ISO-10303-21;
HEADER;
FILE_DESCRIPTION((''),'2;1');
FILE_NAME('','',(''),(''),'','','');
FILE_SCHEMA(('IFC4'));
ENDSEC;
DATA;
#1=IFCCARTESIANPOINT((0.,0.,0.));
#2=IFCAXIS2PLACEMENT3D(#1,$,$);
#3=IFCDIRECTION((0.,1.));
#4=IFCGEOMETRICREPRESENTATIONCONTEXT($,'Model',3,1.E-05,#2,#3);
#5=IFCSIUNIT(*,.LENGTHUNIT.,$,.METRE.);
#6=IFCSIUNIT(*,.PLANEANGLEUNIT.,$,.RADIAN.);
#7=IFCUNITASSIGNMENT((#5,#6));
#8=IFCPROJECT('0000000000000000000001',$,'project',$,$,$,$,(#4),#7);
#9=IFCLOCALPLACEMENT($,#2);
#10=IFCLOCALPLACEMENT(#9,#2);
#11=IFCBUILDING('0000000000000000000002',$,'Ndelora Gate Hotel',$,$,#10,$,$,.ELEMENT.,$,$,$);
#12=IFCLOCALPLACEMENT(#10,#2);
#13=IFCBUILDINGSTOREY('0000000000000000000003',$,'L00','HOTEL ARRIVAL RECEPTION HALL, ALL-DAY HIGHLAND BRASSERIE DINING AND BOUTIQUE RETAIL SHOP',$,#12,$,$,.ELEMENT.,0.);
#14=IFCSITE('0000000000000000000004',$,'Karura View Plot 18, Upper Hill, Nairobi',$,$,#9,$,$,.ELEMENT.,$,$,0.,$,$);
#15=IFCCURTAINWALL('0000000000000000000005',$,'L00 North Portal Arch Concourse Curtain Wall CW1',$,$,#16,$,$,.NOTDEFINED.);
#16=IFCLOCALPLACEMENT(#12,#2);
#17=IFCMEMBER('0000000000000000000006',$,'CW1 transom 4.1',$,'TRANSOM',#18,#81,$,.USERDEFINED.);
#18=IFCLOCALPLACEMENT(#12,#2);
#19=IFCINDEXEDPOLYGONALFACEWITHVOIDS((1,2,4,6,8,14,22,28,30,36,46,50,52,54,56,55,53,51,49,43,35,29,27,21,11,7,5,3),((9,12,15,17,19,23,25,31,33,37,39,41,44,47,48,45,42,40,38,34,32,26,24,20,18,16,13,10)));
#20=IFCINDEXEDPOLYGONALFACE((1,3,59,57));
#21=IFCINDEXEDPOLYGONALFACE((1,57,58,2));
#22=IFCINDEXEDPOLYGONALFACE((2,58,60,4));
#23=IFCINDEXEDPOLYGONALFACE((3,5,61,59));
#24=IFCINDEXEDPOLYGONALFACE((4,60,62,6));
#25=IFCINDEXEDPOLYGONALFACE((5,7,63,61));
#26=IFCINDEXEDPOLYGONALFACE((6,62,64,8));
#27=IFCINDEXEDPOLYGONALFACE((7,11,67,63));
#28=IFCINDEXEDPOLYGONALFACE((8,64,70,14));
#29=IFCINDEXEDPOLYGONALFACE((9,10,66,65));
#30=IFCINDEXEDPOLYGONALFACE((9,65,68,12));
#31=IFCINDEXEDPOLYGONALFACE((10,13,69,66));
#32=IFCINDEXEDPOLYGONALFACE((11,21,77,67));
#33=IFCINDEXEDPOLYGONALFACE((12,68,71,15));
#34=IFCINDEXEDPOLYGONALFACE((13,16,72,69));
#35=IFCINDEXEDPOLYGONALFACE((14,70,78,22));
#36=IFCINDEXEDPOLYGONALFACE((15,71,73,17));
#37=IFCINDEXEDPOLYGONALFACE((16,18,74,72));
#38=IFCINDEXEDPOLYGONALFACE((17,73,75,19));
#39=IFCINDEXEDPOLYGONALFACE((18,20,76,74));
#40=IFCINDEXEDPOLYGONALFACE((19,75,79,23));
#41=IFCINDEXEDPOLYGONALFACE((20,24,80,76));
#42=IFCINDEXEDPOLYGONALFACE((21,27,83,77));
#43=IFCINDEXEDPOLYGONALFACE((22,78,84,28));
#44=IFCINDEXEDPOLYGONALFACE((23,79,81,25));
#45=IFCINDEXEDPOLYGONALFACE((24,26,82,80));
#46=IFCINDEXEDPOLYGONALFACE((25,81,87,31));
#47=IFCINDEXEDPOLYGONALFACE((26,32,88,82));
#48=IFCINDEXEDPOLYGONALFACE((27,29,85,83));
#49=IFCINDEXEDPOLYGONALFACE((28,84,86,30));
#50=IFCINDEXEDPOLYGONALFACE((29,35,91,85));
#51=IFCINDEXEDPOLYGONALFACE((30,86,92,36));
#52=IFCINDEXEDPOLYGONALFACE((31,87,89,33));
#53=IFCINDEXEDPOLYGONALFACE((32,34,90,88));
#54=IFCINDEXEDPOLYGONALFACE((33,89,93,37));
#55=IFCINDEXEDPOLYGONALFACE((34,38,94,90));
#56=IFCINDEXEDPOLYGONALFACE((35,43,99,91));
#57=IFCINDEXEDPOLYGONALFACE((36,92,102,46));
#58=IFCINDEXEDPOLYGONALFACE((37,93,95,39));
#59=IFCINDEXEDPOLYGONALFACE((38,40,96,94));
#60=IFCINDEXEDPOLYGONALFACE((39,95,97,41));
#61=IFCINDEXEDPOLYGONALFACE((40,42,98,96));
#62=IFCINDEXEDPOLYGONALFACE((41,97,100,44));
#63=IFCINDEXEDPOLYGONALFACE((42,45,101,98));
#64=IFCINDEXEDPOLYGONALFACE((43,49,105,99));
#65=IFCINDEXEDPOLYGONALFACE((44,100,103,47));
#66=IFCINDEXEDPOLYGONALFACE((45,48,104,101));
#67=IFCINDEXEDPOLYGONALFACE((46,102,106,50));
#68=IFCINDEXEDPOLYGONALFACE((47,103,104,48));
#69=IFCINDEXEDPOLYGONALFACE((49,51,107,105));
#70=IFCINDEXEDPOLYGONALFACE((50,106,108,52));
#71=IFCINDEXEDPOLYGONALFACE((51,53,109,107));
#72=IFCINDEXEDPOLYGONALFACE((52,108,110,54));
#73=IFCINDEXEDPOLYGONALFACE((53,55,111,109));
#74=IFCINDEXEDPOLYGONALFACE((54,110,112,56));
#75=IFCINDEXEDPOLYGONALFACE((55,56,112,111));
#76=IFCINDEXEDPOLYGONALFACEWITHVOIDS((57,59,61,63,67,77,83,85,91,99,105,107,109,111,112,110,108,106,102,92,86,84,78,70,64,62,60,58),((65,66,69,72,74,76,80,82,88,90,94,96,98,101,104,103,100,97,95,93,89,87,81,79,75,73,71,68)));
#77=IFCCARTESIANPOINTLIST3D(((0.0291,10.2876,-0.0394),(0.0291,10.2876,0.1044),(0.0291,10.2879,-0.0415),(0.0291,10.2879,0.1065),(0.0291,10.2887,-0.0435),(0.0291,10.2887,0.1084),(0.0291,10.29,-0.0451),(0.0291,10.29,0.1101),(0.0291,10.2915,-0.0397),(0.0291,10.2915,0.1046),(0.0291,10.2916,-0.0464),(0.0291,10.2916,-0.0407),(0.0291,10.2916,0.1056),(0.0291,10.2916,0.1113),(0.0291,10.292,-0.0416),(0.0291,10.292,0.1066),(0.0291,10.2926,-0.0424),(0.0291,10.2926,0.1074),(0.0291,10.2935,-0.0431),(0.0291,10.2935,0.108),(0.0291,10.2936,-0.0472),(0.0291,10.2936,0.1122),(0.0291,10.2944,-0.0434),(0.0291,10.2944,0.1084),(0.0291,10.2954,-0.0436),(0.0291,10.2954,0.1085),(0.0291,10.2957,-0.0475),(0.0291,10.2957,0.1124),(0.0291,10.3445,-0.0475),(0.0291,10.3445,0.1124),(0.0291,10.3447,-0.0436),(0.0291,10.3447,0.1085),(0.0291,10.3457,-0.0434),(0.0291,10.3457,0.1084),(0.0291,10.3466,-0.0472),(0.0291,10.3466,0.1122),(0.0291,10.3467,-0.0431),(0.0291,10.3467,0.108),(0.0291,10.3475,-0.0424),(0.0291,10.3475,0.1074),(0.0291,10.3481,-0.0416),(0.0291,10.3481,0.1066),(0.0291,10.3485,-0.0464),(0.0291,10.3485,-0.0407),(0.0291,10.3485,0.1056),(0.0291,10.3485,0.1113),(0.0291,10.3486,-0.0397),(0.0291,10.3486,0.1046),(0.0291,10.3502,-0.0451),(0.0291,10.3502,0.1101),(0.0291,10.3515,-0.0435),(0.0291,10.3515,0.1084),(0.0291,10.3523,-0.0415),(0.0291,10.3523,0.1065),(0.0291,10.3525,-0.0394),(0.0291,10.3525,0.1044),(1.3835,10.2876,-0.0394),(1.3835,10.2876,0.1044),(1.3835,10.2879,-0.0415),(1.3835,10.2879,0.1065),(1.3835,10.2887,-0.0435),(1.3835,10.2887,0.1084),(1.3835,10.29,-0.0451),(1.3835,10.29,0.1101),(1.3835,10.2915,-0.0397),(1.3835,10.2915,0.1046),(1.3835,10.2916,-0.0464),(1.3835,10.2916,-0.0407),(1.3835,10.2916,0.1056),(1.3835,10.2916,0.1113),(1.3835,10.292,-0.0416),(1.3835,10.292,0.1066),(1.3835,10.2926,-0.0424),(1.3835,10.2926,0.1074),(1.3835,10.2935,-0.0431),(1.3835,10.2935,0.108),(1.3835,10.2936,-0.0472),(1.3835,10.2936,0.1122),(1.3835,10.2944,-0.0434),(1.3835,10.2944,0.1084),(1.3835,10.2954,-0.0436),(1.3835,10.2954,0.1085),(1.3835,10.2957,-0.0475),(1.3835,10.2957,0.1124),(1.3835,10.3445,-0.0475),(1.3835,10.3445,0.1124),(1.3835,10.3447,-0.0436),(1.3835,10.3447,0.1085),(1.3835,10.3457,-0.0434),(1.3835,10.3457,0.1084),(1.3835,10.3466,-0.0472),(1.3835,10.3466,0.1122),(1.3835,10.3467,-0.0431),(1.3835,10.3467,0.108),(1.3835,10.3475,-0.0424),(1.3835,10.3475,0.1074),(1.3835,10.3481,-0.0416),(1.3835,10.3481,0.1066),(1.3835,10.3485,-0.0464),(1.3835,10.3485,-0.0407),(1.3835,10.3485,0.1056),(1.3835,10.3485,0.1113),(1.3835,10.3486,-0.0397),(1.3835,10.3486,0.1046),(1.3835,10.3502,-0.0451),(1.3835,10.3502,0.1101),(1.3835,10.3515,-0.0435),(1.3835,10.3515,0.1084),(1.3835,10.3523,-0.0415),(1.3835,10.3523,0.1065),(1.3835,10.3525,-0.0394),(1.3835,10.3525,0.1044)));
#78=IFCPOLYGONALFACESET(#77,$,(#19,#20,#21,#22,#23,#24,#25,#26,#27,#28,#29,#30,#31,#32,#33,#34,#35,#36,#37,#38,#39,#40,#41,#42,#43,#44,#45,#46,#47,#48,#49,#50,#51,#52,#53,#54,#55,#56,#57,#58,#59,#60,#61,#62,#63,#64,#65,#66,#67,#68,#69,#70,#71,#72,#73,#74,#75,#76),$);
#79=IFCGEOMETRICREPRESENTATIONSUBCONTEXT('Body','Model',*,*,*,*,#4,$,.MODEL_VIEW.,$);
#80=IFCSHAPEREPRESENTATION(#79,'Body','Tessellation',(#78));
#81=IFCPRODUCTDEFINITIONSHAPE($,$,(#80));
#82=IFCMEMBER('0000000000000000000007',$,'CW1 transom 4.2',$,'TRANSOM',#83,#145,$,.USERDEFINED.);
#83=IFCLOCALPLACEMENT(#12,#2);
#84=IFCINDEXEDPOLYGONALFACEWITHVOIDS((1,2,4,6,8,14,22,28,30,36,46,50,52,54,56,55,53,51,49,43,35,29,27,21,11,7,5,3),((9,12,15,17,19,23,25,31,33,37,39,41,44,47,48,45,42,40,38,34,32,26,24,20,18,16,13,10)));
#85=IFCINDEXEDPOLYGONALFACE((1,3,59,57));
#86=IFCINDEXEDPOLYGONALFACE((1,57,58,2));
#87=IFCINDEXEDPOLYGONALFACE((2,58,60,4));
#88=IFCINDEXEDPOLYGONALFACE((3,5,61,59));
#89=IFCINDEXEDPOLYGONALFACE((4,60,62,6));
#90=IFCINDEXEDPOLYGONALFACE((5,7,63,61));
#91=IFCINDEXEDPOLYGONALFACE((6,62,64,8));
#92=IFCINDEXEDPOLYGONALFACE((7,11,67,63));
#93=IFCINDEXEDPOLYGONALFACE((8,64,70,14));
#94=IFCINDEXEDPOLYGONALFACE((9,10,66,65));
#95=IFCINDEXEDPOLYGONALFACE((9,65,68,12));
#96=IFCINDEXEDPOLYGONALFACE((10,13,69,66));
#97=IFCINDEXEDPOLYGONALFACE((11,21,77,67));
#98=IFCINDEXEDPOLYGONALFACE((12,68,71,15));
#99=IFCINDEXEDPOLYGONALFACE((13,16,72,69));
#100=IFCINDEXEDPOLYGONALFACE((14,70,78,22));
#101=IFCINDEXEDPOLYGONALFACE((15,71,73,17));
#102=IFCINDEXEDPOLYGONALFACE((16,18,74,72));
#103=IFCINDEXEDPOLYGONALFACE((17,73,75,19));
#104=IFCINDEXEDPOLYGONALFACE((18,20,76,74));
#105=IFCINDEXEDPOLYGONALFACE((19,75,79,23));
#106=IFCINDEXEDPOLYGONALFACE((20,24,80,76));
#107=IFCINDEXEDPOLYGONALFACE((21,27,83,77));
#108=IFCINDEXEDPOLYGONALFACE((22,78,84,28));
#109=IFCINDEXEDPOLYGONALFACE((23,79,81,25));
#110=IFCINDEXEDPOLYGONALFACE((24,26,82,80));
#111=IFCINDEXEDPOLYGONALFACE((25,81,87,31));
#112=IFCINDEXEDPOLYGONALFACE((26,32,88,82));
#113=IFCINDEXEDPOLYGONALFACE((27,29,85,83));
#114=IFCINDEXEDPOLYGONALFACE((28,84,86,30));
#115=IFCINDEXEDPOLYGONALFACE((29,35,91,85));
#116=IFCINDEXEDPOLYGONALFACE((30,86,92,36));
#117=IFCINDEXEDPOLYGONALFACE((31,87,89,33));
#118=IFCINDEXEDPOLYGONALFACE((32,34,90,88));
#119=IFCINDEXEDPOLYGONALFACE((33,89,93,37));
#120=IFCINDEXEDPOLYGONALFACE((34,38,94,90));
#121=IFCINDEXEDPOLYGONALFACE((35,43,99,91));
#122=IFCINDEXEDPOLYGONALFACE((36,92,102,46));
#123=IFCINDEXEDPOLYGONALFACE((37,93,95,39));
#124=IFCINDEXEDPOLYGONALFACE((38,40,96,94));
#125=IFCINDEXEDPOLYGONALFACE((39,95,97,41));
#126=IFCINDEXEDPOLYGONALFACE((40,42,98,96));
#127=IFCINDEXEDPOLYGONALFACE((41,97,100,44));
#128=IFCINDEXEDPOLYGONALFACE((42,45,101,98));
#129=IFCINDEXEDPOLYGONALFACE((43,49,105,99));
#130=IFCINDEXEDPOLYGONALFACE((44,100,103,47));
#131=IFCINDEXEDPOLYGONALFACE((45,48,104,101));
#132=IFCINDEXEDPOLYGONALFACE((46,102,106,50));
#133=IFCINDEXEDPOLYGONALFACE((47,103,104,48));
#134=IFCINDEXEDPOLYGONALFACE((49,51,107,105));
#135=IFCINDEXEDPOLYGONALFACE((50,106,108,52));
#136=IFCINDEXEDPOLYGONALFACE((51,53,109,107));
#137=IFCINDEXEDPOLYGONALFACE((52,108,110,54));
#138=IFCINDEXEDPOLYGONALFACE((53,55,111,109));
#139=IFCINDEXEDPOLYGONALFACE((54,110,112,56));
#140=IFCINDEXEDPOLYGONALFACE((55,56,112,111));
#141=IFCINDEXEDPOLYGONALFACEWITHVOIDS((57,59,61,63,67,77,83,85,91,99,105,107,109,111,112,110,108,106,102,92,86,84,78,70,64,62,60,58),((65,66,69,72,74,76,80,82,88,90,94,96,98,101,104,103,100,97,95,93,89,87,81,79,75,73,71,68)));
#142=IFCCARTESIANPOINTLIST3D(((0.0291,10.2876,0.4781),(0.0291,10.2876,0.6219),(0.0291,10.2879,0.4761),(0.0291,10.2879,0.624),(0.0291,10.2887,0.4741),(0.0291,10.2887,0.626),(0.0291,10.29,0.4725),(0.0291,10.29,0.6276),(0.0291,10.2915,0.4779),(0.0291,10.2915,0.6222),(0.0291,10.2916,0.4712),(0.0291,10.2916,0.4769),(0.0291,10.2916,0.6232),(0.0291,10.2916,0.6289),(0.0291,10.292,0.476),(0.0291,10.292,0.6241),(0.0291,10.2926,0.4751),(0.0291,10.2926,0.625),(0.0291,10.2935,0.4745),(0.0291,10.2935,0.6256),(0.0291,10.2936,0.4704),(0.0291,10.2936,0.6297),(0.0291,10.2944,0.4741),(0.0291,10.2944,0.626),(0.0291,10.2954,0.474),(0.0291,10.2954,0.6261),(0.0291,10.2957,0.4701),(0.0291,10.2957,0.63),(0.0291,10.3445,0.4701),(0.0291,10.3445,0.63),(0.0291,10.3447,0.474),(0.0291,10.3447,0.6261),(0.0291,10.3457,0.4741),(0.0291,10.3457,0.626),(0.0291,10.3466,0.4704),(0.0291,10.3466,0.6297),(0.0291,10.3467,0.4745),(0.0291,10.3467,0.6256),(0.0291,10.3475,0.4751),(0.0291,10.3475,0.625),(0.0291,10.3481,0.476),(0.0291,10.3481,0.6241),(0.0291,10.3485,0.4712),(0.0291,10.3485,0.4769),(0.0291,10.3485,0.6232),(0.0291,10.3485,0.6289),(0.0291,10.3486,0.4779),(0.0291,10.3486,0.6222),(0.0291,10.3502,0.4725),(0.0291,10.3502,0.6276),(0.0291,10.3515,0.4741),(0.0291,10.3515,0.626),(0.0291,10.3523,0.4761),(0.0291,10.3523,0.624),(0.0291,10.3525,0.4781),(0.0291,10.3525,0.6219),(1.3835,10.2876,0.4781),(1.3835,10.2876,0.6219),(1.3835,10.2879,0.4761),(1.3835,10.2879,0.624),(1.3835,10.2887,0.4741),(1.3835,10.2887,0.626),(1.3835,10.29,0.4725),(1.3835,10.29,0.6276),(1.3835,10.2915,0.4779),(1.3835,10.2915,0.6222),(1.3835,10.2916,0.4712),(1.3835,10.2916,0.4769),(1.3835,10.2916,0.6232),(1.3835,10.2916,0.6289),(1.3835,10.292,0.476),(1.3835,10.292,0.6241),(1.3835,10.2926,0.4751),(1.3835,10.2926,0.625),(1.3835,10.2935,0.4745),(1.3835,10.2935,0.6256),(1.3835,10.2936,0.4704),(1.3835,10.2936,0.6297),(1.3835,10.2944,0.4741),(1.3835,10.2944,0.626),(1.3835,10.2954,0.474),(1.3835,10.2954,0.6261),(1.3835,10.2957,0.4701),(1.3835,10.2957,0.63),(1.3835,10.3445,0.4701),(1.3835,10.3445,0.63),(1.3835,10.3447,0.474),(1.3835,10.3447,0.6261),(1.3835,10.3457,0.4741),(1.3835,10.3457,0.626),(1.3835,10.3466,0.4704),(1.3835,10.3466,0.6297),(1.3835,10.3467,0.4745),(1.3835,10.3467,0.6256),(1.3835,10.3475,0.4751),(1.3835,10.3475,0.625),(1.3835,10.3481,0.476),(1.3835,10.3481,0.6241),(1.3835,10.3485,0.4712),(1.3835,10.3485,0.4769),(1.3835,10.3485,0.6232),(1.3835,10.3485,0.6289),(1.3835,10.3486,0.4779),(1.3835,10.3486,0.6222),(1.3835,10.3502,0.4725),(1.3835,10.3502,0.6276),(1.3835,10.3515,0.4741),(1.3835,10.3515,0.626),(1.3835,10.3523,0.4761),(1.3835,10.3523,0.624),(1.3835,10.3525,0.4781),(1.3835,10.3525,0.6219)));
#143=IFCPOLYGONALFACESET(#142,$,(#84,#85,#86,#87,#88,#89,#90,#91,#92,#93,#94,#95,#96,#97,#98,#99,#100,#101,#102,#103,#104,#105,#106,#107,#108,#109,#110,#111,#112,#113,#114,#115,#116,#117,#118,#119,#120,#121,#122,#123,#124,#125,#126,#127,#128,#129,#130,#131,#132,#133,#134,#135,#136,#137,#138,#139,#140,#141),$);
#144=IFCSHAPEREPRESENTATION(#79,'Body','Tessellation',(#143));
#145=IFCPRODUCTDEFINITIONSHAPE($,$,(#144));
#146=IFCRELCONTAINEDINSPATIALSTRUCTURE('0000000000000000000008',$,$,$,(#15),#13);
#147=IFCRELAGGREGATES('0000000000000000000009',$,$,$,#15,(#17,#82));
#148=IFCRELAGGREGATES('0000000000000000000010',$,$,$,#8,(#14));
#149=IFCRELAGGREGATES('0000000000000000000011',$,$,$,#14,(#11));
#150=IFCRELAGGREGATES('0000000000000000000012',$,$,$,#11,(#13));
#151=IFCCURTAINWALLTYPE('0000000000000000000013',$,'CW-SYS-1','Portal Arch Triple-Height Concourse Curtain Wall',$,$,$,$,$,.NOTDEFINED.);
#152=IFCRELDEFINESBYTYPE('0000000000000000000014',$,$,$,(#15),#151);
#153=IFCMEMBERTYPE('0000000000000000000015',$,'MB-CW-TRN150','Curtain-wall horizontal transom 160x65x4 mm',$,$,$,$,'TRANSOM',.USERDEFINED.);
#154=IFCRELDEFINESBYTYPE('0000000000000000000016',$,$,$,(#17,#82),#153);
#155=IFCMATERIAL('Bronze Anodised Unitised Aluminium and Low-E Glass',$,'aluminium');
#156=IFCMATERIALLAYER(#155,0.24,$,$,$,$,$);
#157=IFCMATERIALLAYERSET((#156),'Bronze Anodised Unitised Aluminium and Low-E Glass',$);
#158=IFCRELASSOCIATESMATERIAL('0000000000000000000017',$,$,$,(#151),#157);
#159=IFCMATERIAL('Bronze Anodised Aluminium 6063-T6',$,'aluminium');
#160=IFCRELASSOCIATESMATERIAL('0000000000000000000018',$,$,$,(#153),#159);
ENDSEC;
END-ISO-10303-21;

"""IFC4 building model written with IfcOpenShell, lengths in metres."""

from ifc_helpers import new_model, si_unit, direction, frame, origin, origin_2d, place, context, subcontext, project, spatial, hollow_rectangle, extrude, material, layer, layer_set, material_profile, profile_set, type_object, element, aggregate, save


model = new_model("IFC4")

# Units and contexts
model_context = context("Model", 3, precision=1e-05, world=origin(), true_north=direction((0.0, 1.0)))
body_context = subcontext(model_context, "Body", "Model", "MODEL_VIEW")
ifc_project = project(units=[si_unit("LENGTHUNIT", "METRE"), si_unit("PLANEANGLEUNIT", "RADIAN")], contexts=[model_context])

# Site, building, storey
site_placement = place(None, origin())
site = spatial("IfcSite", under=ifc_project, at=site_placement, Name="Karura View Plot 18, Upper Hill, Nairobi", CompositionType="ELEMENT", RefElevation=0.0)
building_placement = place(site_placement, origin())
building = spatial("IfcBuilding", under=site, at=building_placement, Name="Ndelora Gate Hotel", CompositionType="ELEMENT")
storey_placement = place(building_placement, origin())
storey = spatial("IfcBuildingStorey", under=building, at=storey_placement, Name="L00", Description="HOTEL ARRIVAL RECEPTION HALL, ALL-DAY HIGHLAND BRASSERIE DINING AND BOUTIQUE RETAIL SHOP", CompositionType="ELEMENT", Elevation=0.0)

# Curtain wall, members
ifc_material_1 = material(Name="Bronze Anodised Unitised Aluminium and Low-E Glass", Category="aluminium")
ifc_layer_1 = layer(ifc_material_1, 0.24)
ifc_layer_set_1 = layer_set([ifc_layer_1], Name="Bronze Anodised Unitised Aluminium and Low-E Glass")
curtain_wall_type = type_object("IfcCurtainWallType", Name="CW-SYS-1", Description="Portal Arch Triple-Height Concourse Curtain Wall", PredefinedType="NOTDEFINED", material=ifc_layer_set_1)
curtain_wall_placement = place(storey_placement, origin())
curtain_wall = element("IfcCurtainWall", 1, at=curtain_wall_placement, inside=storey, type_object=curtain_wall_type, Name="L00 North Portal Arch Concourse Curtain Wall CW1", PredefinedType="NOTDEFINED")
ifc_material_2 = material(Name="Bronze Anodised Aluminium 6063-T6", Category="aluminium")
ifc_material_profile_1 = material_profile(ifc_material_2, hollow_rectangle(XDim=0.0649, YDim=0.1599, WallThickness=0.0039, InnerFilletRadius=0.0039, OuterFilletRadius=0.0081, at=origin_2d()), Name="ALU 160x65x4")
ifc_profile_set_1 = profile_set([ifc_material_profile_1], Name="Bronze Anodised Aluminium 6063-T6")
member_type_1 = type_object("IfcMemberType", Name="MB-CW-TRN150", Description="Curtain-wall horizontal transom 160x65x4 mm", ElementType="TRANSOM", PredefinedType="USERDEFINED", material=ifc_profile_set_1)
member_1_placement = place(storey_placement, frame((1.3835, 10.3201, 0.0325), z_axis=(-1.0, 0.0, 0.0), x_axis=(0.0, -1.0, 0.0)))
member_1 = element("IfcMember", 2, at=member_1_placement, type_object=member_type_1, Name="CW1 transom 4.1", ObjectType="TRANSOM", PredefinedType="USERDEFINED", context=body_context, shape_type="SweptSolid", body=[
    extrude(hollow_rectangle(XDim=0.0649, YDim=0.1599, WallThickness=0.0039, InnerFilletRadius=0.0039, OuterFilletRadius=0.0081, at=origin_2d()), origin(), (0.0, 0.0, 1.0), 1.3545),
])
member_2_placement = place(storey_placement, frame((1.3835, 10.3201, 0.55), z_axis=(-1.0, 0.0, 0.0), x_axis=(0.0, -1.0, 0.0)))
member_2 = element("IfcMember", 3, at=member_2_placement, type_object=member_type_1, Name="CW1 transom 4.2", ObjectType="TRANSOM", PredefinedType="USERDEFINED", context=body_context, shape_type="SweptSolid", body=[
    extrude(hollow_rectangle(XDim=0.0649, YDim=0.1599, WallThickness=0.0039, InnerFilletRadius=0.0039, OuterFilletRadius=0.0081, at=origin_2d()), origin(), (0.0, 0.0, 1.0), 1.3545),
])
aggregate(curtain_wall, [member_1, member_2])

save(model, "model.ifc")
